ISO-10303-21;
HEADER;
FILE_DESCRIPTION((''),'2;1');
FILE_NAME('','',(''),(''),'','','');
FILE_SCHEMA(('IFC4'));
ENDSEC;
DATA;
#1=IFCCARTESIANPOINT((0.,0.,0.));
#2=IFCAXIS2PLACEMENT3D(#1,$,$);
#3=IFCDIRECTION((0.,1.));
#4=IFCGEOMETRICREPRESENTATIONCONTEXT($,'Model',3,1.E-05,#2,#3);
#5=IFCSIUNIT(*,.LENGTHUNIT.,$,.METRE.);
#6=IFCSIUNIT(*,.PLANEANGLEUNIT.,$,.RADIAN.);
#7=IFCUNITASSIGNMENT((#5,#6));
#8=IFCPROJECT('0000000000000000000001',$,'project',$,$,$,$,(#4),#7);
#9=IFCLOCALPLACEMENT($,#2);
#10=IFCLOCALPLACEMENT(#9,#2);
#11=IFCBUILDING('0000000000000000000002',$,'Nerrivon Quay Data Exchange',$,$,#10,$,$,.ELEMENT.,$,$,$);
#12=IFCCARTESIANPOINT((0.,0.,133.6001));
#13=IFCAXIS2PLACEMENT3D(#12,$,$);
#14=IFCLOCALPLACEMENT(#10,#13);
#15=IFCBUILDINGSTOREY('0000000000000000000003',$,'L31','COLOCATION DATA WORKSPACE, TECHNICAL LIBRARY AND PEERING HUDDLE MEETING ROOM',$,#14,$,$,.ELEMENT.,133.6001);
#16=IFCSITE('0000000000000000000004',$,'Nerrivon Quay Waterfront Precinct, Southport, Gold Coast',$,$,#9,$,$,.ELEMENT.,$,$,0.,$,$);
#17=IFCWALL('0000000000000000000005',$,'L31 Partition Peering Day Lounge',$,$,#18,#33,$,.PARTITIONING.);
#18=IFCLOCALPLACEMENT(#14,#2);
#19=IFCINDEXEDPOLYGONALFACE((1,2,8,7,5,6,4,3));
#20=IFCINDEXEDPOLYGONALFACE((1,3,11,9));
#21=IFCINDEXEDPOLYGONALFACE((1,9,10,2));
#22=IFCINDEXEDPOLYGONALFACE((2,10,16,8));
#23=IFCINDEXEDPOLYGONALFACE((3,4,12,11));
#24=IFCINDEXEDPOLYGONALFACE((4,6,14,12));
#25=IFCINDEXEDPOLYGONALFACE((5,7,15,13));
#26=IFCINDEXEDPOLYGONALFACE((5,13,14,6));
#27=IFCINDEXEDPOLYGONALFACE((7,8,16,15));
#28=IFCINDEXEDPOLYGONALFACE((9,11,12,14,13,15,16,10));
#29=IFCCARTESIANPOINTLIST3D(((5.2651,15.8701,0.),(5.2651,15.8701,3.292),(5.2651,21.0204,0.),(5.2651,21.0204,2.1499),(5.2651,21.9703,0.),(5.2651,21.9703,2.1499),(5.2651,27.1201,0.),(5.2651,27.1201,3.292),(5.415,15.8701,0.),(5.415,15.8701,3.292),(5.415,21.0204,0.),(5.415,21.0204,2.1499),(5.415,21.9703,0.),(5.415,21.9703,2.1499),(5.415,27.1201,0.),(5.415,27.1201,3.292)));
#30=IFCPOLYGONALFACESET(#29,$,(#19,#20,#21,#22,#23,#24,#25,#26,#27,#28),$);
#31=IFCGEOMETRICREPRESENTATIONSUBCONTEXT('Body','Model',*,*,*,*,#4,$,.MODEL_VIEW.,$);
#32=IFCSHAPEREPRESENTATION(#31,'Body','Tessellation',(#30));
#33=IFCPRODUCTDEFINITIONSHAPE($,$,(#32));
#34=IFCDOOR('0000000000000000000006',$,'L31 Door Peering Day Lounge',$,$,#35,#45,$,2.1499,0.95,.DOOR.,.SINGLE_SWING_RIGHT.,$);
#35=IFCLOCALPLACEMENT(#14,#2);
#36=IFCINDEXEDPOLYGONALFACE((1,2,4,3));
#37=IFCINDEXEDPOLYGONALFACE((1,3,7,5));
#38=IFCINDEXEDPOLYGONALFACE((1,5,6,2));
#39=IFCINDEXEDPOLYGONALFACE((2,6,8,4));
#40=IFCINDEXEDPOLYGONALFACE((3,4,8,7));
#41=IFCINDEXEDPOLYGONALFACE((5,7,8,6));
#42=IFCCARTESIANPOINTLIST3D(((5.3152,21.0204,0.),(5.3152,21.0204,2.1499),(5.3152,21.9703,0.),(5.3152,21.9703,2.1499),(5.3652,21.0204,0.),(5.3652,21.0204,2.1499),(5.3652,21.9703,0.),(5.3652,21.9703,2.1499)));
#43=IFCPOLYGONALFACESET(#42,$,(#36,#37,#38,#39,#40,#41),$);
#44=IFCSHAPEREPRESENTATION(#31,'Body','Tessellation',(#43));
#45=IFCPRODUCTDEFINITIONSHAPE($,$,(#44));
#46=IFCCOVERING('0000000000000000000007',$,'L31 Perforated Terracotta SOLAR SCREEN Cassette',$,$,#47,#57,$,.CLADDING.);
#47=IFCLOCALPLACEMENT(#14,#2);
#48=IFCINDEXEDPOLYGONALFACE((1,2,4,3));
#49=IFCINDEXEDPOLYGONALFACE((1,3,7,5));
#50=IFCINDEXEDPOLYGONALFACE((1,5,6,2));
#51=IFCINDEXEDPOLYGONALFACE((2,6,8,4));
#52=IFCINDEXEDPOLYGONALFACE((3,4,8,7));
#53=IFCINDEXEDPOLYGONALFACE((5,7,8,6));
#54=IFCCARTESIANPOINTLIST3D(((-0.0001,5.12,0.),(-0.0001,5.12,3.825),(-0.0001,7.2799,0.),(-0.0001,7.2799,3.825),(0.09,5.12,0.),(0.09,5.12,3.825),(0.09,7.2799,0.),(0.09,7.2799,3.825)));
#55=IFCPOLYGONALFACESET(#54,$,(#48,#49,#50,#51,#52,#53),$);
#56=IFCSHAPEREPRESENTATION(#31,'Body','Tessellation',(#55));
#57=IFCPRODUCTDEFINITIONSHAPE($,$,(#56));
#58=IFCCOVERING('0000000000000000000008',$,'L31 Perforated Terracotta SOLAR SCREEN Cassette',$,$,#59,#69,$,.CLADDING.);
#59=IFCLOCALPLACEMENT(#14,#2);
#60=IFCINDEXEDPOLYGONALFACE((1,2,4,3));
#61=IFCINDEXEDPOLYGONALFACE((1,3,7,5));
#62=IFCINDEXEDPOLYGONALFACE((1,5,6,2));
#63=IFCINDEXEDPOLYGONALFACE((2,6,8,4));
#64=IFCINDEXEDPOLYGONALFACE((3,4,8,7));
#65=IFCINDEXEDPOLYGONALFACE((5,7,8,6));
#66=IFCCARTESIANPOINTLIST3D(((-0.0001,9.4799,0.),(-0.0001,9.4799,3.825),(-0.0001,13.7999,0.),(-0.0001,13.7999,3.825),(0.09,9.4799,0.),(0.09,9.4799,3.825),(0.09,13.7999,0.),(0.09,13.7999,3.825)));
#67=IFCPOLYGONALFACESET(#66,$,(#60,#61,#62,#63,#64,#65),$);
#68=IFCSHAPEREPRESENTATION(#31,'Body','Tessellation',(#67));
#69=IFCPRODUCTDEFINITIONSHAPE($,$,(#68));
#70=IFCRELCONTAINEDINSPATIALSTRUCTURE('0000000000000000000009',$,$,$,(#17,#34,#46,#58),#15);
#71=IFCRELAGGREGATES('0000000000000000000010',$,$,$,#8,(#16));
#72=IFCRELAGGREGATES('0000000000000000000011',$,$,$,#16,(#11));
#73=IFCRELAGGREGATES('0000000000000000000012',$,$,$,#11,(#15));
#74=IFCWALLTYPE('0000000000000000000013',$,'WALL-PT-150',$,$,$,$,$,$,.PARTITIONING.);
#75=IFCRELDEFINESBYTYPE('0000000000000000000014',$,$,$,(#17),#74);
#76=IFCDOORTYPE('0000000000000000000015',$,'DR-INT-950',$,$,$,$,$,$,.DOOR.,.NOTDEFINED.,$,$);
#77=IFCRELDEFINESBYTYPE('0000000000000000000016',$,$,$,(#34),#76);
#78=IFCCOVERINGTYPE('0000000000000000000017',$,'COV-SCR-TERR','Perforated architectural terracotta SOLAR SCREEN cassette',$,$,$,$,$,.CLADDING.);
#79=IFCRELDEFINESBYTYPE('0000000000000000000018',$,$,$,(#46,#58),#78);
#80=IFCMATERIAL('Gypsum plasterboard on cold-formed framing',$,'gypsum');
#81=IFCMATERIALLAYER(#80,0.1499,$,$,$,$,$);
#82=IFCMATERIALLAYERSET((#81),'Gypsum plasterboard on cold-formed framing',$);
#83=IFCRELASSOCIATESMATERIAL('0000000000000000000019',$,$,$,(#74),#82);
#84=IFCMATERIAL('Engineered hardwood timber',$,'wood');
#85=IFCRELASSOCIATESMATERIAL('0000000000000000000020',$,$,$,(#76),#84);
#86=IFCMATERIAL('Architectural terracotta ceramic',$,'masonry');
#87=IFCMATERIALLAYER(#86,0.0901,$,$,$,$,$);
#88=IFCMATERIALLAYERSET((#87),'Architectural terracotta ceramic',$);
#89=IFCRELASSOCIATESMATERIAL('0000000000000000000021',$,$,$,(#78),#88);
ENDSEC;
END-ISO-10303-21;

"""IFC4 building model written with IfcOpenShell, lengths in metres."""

from ifc_helpers import new_model, si_unit, direction, frame, frame_2d, origin, origin_2d, place, context, subcontext, project, spatial, rectangle, extrude, material, layer, layer_set, type_object, element, fill, save


model = new_model("IFC4")

# Units and contexts
model_context = context("Model", 3, precision=1e-05, world=origin(), true_north=direction((0.0, 1.0)))
body_context = subcontext(model_context, "Body", "Model", "MODEL_VIEW")
ifc_project = project(units=[si_unit("LENGTHUNIT", "METRE"), si_unit("PLANEANGLEUNIT", "RADIAN")], contexts=[model_context])

# Site, building, storey
site_placement = place(None, origin())
site = spatial("IfcSite", under=ifc_project, at=site_placement, Name="Nerrivon Quay Waterfront Precinct, Southport, Gold Coast", CompositionType="ELEMENT", RefElevation=0.0)
building_placement = place(site_placement, origin())
building = spatial("IfcBuilding", under=site, at=building_placement, Name="Nerrivon Quay Data Exchange", CompositionType="ELEMENT")
storey_placement = place(building_placement, frame((0.0, 0.0, 133.6001)))
storey = spatial("IfcBuildingStorey", under=building, at=storey_placement, Name="L31", Description="COLOCATION DATA WORKSPACE, TECHNICAL LIBRARY AND PEERING HUDDLE MEETING ROOM", CompositionType="ELEMENT", Elevation=133.6001)

# Shared definitions
ifc_material_1 = material(Name="Gypsum plasterboard on cold-formed framing", Category="gypsum")

# Shared definitions
ifc_material_2 = material(Name="Engineered hardwood timber", Category="wood")

# Wall, opening, door
ifc_layer_1 = layer(ifc_material_1, 0.1499)
ifc_layer_set_1 = layer_set([ifc_layer_1], Name="Gypsum plasterboard on cold-formed framing")
wall_type_1 = type_object("IfcWallType", Name="WALL-PT-150", PredefinedType="PARTITIONING", material=ifc_layer_set_1)
wall_1_placement = place(storey_placement, frame((5.3401, 15.8701, 0.0), z_axis=(0.0, 0.0, 1.0), x_axis=(0.0, 1.0, 0.0)))
wall_1 = element("IfcWall", 1, at=wall_1_placement, inside=storey, type_object=wall_type_1, Name="L31 Partition Peering Day Lounge", PredefinedType="PARTITIONING", context=body_context, shape_type="SweptSolid", body=[
    extrude(rectangle(XDim=11.25, YDim=0.1499, at=frame_2d((5.625, 0.0))), origin(), (0.0, 0.0, 1.0), 3.292),
])
opening_1_placement = place(wall_1_placement, frame((5.1501, 0.0, 0.0)))
opening_1 = element("IfcOpeningElement", 2, at=opening_1_placement, cuts=wall_1, PredefinedType="OPENING", context=body_context, shape_type="SweptSolid", body=[
    extrude(rectangle(XDim=0.95, YDim=2.1499, at=frame_2d((0.4751, 1.075))), frame((0.0, 0.085, 0.0), z_axis=(0.0, -1.0, 0.0), x_axis=(1.0, 0.0, 0.0)), (0.0, 0.0, 1.0), 0.1699),
])
door_type_1 = type_object("IfcDoorType", Name="DR-INT-950", OperationType="NOTDEFINED", PredefinedType="DOOR", material=ifc_material_2)
door_1_placement = place(opening_1_placement, origin())
door_1 = element("IfcDoor", 3, at=door_1_placement, inside=storey, type_object=door_type_1, Name="L31 Door Peering Day Lounge", OperationType="SINGLE_SWING_RIGHT", OverallHeight=2.1499, OverallWidth=0.95, PredefinedType="DOOR", context=body_context, shape_type="SweptSolid", body=[
    extrude(rectangle(XDim=0.95, YDim=2.1499, at=frame_2d((0.4751, 1.075))), frame((0.0, 0.0249, 0.0), z_axis=(0.0, -1.0, 0.0), x_axis=(1.0, 0.0, 0.0)), (0.0, 0.0, 1.0), 0.05),
])
fill(opening_1, door_1)

# Coverings
ifc_material_3 = material(Name="Architectural terracotta ceramic", Category="masonry")
ifc_layer_2 = layer(ifc_material_3, 0.0901)
ifc_layer_set_2 = layer_set([ifc_layer_2], Name="Architectural terracotta ceramic")
covering_type = type_object("IfcCoveringType", Name="COV-SCR-TERR", Description="Perforated architectural terracotta SOLAR SCREEN cassette", PredefinedType="CLADDING", material=ifc_layer_set_2)
covering_1_placement = place(storey_placement, frame((0.0449, 6.2, 0.0), z_axis=(0.0, 0.0, 1.0), x_axis=(0.0, 1.0, 0.0)))
element("IfcCovering", 4, at=covering_1_placement, inside=storey, type_object=covering_type, Name="L31 Perforated Terracotta SOLAR SCREEN Cassette", PredefinedType="CLADDING", context=body_context, shape_type="SweptSolid", body=[
    extrude(rectangle(XDim=2.1599, YDim=0.0901, at=origin_2d()), origin(), (0.0, 0.0, 1.0), 3.825),
])
covering_2_placement = place(storey_placement, frame((0.0449, 11.6399, 0.0), z_axis=(0.0, 0.0, 1.0), x_axis=(0.0, 1.0, 0.0)))
element("IfcCovering", 5, at=covering_2_placement, inside=storey, type_object=covering_type, Name="L31 Perforated Terracotta SOLAR SCREEN Cassette", PredefinedType="CLADDING", context=body_context, shape_type="SweptSolid", body=[
    extrude(rectangle(XDim=4.3201, YDim=0.0901, at=origin_2d()), origin(), (0.0, 0.0, 1.0), 3.825),
])

save(model, "model.ifc")
